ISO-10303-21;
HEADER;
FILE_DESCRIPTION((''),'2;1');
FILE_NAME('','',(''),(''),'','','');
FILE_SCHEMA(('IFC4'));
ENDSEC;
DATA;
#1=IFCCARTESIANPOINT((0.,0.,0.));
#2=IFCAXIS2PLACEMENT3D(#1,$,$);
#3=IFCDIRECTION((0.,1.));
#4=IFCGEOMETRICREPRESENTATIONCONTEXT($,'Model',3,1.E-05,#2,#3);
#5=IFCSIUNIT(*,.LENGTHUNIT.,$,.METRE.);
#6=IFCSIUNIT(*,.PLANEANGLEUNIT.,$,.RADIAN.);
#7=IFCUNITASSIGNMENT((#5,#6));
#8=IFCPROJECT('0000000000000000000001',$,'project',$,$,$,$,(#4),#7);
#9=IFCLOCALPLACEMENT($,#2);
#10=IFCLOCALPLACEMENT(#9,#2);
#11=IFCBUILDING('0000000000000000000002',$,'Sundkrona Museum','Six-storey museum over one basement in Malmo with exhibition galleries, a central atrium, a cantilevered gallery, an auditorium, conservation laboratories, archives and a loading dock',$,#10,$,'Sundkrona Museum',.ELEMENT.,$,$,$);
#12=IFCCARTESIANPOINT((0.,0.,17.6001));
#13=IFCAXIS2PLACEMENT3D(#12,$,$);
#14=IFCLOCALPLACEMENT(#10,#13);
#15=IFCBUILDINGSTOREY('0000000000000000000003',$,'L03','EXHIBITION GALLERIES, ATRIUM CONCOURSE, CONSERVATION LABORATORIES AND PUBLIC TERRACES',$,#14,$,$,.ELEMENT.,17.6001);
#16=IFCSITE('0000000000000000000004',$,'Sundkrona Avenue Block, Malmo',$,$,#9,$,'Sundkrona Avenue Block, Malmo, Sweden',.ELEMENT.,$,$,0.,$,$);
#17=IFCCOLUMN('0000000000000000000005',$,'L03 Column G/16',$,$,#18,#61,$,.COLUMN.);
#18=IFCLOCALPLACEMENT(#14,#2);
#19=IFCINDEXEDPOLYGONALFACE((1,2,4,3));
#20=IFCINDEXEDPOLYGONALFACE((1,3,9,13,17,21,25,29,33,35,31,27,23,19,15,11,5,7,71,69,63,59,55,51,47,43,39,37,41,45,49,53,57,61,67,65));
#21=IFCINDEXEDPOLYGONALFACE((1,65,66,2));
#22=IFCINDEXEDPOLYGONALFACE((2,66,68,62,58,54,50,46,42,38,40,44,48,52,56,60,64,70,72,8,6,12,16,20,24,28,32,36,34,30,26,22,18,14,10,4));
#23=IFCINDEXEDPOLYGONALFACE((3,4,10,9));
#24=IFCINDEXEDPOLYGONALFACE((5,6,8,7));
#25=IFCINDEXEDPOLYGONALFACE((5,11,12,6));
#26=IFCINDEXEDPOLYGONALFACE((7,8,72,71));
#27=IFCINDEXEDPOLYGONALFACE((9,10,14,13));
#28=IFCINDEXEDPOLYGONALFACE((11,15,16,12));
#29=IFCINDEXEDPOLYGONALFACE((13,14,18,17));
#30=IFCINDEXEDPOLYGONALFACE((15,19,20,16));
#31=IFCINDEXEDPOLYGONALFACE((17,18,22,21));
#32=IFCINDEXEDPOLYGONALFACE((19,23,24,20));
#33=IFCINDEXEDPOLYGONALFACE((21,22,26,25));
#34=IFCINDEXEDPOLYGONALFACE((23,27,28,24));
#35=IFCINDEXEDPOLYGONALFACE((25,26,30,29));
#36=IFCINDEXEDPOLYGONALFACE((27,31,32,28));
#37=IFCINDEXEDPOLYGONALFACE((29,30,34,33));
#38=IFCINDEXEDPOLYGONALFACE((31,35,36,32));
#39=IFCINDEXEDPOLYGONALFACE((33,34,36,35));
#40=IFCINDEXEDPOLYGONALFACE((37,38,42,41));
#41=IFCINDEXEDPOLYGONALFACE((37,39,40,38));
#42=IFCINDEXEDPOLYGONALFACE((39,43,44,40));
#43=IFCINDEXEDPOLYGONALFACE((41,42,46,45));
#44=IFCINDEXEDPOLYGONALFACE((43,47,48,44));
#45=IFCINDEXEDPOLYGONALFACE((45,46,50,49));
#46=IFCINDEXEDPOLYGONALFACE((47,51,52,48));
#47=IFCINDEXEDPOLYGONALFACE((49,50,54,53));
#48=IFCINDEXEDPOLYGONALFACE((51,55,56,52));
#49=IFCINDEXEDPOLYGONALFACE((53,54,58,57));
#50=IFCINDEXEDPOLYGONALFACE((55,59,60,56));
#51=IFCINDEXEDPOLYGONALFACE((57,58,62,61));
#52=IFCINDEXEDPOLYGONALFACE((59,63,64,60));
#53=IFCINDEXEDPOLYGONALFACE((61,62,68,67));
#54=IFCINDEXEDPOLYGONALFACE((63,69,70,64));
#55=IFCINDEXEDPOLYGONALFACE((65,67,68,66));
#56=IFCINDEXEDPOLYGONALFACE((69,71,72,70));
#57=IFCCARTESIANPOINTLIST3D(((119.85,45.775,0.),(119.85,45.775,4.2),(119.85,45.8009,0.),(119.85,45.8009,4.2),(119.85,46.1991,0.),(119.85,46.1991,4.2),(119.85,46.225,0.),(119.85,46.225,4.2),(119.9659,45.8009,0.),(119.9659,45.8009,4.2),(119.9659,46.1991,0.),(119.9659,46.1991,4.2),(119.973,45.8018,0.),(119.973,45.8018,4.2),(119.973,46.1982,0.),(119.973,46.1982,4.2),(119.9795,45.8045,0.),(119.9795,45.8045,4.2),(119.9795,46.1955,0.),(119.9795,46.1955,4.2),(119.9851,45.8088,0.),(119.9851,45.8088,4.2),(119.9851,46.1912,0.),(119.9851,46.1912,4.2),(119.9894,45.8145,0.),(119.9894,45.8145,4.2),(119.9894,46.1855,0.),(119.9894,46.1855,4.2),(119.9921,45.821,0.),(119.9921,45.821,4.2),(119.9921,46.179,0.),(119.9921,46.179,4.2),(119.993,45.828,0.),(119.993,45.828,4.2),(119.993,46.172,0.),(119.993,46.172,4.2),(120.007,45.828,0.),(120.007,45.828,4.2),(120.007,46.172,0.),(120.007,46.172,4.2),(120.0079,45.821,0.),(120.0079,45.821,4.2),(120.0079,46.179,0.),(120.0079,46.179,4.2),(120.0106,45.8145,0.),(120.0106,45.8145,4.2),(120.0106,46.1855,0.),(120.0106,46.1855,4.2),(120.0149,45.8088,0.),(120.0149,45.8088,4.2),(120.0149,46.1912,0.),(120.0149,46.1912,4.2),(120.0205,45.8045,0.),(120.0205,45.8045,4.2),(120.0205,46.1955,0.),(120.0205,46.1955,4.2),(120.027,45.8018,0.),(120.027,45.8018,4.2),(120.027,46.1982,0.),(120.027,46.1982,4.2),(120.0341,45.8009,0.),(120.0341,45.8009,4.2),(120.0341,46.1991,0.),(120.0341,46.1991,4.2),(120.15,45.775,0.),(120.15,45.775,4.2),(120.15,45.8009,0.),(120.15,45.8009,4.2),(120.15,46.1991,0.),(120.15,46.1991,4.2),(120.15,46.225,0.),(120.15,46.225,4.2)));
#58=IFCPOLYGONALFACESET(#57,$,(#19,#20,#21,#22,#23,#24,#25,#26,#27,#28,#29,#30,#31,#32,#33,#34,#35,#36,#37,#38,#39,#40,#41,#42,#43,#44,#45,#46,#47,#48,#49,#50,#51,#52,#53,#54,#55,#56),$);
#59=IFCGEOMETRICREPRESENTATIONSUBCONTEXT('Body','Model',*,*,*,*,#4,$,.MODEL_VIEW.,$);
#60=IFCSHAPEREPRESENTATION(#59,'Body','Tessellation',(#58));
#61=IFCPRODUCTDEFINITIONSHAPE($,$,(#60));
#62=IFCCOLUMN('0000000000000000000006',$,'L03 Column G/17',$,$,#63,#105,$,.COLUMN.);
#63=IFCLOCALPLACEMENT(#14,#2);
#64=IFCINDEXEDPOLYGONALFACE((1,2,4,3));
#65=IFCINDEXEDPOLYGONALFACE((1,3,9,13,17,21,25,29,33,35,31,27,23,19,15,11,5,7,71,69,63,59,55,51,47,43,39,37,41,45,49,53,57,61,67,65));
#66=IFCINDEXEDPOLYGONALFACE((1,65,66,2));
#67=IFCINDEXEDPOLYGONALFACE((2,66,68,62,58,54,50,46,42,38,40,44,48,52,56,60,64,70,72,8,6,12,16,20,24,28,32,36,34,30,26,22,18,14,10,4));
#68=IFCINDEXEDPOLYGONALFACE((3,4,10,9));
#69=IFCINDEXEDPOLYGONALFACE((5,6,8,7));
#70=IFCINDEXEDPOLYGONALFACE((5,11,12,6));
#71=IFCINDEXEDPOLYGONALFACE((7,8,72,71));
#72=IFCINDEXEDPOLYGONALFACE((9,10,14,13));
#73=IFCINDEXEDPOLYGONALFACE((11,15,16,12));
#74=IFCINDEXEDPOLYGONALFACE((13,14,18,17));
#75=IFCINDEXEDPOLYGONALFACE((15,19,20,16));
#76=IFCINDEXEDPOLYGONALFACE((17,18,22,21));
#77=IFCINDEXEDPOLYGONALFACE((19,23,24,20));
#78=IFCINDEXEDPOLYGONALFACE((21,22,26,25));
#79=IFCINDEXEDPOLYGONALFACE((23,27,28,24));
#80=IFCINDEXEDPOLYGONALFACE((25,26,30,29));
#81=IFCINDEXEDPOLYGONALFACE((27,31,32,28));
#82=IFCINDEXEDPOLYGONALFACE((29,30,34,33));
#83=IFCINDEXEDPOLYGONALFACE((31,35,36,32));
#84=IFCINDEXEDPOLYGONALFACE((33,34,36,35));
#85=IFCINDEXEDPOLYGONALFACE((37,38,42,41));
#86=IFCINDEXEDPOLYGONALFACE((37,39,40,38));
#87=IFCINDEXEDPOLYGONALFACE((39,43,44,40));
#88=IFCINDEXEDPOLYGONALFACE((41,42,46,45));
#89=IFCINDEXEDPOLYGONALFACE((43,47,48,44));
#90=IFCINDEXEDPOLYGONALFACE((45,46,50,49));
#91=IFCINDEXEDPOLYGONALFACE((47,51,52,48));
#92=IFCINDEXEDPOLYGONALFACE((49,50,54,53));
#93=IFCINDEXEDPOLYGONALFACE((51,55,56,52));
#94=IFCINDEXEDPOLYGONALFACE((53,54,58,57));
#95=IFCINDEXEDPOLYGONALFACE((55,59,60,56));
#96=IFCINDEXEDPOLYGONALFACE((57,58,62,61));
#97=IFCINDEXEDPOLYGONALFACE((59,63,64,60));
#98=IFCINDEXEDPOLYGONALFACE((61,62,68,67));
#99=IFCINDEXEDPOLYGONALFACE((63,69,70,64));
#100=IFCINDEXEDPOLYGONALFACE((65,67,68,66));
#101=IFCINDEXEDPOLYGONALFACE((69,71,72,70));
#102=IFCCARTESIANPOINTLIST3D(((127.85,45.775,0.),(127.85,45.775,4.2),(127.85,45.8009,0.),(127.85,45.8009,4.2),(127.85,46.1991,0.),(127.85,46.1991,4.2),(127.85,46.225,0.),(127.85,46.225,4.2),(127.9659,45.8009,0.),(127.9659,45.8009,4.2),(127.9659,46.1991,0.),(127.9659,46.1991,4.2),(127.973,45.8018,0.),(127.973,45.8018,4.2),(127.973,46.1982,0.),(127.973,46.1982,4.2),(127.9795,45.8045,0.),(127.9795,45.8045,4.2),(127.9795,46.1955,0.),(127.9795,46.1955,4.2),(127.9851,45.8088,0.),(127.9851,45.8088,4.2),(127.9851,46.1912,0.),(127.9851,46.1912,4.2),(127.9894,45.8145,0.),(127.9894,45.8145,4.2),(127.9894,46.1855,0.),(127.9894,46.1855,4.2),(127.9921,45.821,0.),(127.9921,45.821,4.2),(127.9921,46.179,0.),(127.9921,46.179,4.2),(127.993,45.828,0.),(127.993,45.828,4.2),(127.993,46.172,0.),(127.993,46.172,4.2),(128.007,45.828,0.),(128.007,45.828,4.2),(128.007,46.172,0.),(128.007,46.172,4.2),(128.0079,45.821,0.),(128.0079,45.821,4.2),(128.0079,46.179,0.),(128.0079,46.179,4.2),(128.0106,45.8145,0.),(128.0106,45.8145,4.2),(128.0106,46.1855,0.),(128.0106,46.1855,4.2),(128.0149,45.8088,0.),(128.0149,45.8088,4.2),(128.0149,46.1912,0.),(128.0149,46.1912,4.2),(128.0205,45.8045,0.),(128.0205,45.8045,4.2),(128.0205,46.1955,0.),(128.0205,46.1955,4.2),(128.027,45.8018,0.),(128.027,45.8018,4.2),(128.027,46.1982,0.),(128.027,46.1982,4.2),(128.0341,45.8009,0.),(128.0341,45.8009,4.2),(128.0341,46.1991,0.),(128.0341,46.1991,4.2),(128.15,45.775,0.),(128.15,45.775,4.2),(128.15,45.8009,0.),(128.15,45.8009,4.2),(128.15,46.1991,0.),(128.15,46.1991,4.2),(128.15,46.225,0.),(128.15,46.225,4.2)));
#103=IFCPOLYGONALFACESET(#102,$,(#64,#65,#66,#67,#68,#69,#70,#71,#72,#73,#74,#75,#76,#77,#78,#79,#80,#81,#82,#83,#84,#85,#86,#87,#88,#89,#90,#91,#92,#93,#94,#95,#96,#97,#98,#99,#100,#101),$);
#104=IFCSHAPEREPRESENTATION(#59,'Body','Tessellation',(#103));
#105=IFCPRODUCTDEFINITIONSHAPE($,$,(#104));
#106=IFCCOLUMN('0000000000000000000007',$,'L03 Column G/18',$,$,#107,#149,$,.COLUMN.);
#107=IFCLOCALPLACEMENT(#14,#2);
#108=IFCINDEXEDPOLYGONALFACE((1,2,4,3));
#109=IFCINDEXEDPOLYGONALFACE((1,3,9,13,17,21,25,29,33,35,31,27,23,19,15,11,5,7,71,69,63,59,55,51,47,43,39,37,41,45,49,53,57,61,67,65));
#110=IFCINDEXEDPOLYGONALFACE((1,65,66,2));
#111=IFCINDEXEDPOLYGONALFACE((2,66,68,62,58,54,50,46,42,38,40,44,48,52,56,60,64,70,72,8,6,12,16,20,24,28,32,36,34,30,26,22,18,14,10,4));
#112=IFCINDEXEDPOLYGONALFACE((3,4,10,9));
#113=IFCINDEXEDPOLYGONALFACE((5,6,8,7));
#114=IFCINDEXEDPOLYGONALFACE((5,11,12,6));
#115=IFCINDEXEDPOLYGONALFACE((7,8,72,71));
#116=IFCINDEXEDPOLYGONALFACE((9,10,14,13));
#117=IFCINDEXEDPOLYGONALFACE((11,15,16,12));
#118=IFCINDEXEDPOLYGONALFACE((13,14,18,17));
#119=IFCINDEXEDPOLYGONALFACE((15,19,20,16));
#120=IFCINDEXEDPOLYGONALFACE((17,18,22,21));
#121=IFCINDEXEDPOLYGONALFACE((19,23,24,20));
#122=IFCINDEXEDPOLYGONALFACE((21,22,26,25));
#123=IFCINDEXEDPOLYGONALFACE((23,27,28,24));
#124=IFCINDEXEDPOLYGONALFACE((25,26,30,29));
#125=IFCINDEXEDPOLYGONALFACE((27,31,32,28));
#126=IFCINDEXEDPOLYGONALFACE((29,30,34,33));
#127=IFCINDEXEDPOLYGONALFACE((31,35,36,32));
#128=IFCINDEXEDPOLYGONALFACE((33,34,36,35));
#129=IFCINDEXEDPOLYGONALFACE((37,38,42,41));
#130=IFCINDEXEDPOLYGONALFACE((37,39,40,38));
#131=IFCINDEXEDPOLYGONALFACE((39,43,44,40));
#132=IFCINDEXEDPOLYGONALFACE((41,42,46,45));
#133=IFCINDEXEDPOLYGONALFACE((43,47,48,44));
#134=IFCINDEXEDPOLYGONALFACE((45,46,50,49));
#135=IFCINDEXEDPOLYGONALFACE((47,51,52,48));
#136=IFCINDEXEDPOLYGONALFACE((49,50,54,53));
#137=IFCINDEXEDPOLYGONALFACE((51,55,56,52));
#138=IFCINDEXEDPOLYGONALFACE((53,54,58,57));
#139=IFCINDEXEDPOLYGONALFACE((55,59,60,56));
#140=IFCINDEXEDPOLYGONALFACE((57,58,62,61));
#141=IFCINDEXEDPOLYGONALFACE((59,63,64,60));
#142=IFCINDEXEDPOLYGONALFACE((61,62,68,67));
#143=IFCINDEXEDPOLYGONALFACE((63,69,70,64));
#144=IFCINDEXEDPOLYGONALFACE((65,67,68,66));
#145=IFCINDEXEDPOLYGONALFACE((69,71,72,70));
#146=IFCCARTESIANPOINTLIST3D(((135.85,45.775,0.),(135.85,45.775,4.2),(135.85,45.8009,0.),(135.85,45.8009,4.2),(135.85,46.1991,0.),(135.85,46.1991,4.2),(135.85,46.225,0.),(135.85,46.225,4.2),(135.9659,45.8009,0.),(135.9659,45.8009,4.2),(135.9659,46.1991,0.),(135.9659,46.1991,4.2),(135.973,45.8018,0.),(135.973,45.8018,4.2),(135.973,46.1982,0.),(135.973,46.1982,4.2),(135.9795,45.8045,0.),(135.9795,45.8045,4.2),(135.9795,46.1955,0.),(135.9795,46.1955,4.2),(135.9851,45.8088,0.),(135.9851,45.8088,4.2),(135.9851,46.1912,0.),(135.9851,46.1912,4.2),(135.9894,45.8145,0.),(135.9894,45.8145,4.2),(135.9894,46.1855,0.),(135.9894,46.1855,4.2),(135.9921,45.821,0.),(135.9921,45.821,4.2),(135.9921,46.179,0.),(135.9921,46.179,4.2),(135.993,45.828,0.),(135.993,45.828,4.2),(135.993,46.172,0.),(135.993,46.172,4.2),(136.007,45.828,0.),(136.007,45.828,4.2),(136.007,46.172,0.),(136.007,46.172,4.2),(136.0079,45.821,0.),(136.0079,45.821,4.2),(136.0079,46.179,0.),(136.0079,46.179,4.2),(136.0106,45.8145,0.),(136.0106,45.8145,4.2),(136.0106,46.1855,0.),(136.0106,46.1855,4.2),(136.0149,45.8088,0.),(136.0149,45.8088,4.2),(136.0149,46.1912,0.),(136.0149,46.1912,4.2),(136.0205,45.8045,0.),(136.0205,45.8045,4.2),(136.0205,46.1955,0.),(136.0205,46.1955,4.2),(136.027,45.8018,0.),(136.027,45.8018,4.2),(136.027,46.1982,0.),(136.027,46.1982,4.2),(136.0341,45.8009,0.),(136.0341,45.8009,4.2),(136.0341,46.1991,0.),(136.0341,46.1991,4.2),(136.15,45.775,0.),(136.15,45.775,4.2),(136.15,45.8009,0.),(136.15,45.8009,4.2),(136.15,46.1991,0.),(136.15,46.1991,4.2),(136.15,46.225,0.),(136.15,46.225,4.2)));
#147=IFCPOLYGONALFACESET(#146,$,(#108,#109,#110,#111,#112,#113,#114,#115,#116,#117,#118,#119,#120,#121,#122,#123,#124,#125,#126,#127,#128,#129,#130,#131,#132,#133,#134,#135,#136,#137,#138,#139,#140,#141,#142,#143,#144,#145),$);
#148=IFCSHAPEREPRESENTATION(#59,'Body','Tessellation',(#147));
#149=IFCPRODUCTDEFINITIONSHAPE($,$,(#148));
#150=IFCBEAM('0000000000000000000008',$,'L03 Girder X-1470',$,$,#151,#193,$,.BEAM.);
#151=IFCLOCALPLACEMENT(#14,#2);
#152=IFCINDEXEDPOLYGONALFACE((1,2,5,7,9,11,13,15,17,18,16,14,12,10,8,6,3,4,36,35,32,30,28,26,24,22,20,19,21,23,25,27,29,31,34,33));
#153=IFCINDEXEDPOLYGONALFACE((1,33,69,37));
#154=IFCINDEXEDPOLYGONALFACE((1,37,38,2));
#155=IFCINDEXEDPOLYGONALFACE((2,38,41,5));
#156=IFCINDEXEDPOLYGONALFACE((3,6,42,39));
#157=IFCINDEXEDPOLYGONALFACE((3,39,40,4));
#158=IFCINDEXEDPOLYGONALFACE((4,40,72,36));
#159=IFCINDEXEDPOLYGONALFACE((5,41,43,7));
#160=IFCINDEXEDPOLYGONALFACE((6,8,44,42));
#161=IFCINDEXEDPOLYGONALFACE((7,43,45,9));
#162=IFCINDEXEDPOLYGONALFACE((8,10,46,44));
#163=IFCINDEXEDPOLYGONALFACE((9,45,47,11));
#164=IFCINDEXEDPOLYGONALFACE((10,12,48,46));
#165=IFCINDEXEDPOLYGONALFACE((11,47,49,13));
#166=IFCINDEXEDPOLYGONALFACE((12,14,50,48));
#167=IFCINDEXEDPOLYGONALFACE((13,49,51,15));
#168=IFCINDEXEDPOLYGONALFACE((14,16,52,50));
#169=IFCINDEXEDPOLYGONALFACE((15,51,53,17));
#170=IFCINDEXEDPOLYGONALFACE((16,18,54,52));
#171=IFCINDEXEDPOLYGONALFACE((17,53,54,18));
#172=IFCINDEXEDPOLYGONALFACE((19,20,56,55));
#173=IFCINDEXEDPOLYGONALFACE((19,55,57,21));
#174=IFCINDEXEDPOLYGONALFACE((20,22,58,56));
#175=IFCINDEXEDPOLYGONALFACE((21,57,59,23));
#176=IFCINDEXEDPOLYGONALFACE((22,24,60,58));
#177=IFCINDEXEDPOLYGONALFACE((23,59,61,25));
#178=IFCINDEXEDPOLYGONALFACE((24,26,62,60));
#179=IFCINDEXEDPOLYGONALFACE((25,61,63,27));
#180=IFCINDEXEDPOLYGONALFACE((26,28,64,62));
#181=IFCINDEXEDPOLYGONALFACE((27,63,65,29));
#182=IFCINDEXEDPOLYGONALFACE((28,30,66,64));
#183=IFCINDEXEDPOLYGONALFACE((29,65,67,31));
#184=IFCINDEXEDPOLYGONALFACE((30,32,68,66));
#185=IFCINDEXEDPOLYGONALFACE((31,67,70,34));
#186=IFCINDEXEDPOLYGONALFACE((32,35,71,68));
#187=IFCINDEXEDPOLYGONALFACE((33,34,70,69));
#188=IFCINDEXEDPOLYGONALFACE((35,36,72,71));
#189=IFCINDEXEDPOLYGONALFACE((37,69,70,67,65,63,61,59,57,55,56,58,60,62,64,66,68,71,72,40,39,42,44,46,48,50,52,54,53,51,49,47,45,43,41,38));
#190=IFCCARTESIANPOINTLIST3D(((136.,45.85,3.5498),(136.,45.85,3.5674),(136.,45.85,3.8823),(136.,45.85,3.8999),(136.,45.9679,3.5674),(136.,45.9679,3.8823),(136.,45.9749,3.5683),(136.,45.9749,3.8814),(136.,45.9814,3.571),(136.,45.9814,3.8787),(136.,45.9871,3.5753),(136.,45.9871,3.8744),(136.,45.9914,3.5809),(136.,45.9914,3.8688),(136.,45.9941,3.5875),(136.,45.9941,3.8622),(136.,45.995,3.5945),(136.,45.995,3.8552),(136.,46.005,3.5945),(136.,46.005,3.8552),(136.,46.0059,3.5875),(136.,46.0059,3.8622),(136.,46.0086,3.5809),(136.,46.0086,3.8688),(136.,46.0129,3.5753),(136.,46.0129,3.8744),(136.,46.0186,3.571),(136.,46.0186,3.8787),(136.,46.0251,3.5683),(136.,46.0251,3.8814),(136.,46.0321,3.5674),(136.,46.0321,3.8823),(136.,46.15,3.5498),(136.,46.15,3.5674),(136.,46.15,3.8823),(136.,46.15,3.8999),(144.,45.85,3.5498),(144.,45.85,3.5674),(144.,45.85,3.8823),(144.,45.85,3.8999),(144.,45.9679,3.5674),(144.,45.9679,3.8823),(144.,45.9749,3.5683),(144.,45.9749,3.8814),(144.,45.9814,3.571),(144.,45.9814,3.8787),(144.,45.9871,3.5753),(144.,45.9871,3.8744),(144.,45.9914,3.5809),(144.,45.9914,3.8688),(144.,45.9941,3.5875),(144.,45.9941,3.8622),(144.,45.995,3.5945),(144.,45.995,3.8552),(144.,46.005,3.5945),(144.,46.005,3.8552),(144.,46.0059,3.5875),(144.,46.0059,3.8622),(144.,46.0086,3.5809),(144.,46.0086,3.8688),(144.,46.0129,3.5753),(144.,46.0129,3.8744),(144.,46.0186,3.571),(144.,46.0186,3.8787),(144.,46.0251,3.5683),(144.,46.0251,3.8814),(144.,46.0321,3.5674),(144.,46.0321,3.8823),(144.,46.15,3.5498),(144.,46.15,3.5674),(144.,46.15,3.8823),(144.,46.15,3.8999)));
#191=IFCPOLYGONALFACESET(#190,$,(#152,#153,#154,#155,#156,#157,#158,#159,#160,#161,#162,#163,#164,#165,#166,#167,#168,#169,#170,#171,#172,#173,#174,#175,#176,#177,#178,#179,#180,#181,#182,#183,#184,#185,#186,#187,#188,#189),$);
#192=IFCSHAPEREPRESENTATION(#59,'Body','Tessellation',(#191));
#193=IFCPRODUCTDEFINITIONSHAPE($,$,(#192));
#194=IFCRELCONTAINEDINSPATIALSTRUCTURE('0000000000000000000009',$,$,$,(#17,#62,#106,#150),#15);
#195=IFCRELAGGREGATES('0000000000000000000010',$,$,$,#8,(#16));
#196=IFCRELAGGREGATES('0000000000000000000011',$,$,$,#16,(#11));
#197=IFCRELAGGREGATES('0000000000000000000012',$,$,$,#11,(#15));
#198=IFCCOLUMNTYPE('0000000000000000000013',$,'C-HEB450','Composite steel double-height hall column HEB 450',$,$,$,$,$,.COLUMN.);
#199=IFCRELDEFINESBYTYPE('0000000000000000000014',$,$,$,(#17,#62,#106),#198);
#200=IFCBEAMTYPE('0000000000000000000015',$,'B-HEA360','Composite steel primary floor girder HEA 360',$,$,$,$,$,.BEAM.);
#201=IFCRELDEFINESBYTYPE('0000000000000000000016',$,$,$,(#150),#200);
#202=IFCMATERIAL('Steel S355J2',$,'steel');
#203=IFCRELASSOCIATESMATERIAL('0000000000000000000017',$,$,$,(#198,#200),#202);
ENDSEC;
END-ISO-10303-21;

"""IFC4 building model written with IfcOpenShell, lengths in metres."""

from ifc_helpers import new_model, si_unit, direction, frame, origin, origin_2d, place, context, subcontext, project, spatial, i_section, extrude, material, material_profile, profile_set, type_object, element, save


model = new_model("IFC4")

# Units and contexts
model_context = context("Model", 3, precision=1e-05, world=origin(), true_north=direction((0.0, 1.0)))
body_context = subcontext(model_context, "Body", "Model", "MODEL_VIEW")
ifc_project = project(units=[si_unit("LENGTHUNIT", "METRE"), si_unit("PLANEANGLEUNIT", "RADIAN")], contexts=[model_context])

# Site, building, storey
site_placement = place(None, origin())
site = spatial("IfcSite", under=ifc_project, at=site_placement, Name="Sundkrona Avenue Block, Malmo", LongName="Sundkrona Avenue Block, Malmo, Sweden", CompositionType="ELEMENT", RefElevation=0.0)
building_placement = place(site_placement, origin())
building = spatial("IfcBuilding", under=site, at=building_placement, Name="Sundkrona Museum", Description="Six-storey museum over one basement in Malmo with exhibition galleries, a central atrium, a cantilevered gallery, an auditorium, conservation laboratories, archives and a loading dock", LongName="Sundkrona Museum", CompositionType="ELEMENT")
storey_placement = place(building_placement, frame((0.0, 0.0, 17.6001)))
storey = spatial("IfcBuildingStorey", under=building, at=storey_placement, Name="L03", Description="EXHIBITION GALLERIES, ATRIUM CONCOURSE, CONSERVATION LABORATORIES AND PUBLIC TERRACES", CompositionType="ELEMENT", Elevation=17.6001)

# Columns
ifc_material_1 = material(Name="Steel S355J2", Category="steel")
ifc_material_profile_1 = material_profile(ifc_material_1, i_section(OverallWidth=0.3, OverallDepth=0.45, WebThickness=0.0139, FlangeThickness=0.0259, FilletRadius=0.0271, at=origin_2d()), Name="HEB 450")
ifc_profile_set_1 = profile_set([ifc_material_profile_1], Name="Steel S355J2")
column_type = type_object("IfcColumnType", Name="C-HEB450", Description="Composite steel double-height hall column HEB 450", PredefinedType="COLUMN", material=ifc_profile_set_1)
for number, where, z_axis, x_axis, name in (
    (1, (120.0, 46.0, 0.0), (0.0, 0.0, 1.0), (1.0, 0.0, 0.0), "L03 Column G/16"),
    (2, (128.0, 46.0, 0.0), (0.0, 0.0, 1.0), (1.0, 0.0, 0.0), "L03 Column G/17"),
    (3, (136.0, 46.0, 0.0), (0.0, 0.0, 1.0), (1.0, 0.0, 0.0), "L03 Column G/18"),
):
    element("IfcColumn", number, at=place(storey_placement, frame(where, z_axis=z_axis, x_axis=x_axis)), inside=storey, type_object=column_type, Name=name, PredefinedType="COLUMN", context=body_context, shape_type="SweptSolid", body=[
        extrude(i_section(OverallWidth=0.3, OverallDepth=0.45, WebThickness=0.0139, FlangeThickness=0.0259, FilletRadius=0.0271, at=origin_2d()), origin(), (0.0, 0.0, 1.0), 4.2),
    ])

# Beam
ifc_material_profile_2 = material_profile(ifc_material_1, i_section(OverallWidth=0.3, OverallDepth=0.3501, WebThickness=0.01, FlangeThickness=0.0176, FilletRadius=0.0271, at=origin_2d()), Name="HEA 360")
ifc_profile_set_2 = profile_set([ifc_material_profile_2], Name="Steel S355J2")
beam_type_1 = type_object("IfcBeamType", Name="B-HEA360", Description="Composite steel primary floor girder HEA 360", PredefinedType="BEAM", material=ifc_profile_set_2)
beam_1_placement = place(storey_placement, frame((136.0, 46.0, 3.7249), z_axis=(1.0, 0.0, 0.0), x_axis=(0.0, 1.0, 0.0)))
element("IfcBeam", 4, at=beam_1_placement, inside=storey, type_object=beam_type_1, Name="L03 Girder X-1470", PredefinedType="BEAM", context=body_context, shape_type="SweptSolid", body=[
    extrude(i_section(OverallWidth=0.3, OverallDepth=0.3501, WebThickness=0.01, FlangeThickness=0.0176, FilletRadius=0.0271, at=origin_2d()), origin(), (0.0, 0.0, 1.0), 8.0),
])

save(model, "model.ifc")
